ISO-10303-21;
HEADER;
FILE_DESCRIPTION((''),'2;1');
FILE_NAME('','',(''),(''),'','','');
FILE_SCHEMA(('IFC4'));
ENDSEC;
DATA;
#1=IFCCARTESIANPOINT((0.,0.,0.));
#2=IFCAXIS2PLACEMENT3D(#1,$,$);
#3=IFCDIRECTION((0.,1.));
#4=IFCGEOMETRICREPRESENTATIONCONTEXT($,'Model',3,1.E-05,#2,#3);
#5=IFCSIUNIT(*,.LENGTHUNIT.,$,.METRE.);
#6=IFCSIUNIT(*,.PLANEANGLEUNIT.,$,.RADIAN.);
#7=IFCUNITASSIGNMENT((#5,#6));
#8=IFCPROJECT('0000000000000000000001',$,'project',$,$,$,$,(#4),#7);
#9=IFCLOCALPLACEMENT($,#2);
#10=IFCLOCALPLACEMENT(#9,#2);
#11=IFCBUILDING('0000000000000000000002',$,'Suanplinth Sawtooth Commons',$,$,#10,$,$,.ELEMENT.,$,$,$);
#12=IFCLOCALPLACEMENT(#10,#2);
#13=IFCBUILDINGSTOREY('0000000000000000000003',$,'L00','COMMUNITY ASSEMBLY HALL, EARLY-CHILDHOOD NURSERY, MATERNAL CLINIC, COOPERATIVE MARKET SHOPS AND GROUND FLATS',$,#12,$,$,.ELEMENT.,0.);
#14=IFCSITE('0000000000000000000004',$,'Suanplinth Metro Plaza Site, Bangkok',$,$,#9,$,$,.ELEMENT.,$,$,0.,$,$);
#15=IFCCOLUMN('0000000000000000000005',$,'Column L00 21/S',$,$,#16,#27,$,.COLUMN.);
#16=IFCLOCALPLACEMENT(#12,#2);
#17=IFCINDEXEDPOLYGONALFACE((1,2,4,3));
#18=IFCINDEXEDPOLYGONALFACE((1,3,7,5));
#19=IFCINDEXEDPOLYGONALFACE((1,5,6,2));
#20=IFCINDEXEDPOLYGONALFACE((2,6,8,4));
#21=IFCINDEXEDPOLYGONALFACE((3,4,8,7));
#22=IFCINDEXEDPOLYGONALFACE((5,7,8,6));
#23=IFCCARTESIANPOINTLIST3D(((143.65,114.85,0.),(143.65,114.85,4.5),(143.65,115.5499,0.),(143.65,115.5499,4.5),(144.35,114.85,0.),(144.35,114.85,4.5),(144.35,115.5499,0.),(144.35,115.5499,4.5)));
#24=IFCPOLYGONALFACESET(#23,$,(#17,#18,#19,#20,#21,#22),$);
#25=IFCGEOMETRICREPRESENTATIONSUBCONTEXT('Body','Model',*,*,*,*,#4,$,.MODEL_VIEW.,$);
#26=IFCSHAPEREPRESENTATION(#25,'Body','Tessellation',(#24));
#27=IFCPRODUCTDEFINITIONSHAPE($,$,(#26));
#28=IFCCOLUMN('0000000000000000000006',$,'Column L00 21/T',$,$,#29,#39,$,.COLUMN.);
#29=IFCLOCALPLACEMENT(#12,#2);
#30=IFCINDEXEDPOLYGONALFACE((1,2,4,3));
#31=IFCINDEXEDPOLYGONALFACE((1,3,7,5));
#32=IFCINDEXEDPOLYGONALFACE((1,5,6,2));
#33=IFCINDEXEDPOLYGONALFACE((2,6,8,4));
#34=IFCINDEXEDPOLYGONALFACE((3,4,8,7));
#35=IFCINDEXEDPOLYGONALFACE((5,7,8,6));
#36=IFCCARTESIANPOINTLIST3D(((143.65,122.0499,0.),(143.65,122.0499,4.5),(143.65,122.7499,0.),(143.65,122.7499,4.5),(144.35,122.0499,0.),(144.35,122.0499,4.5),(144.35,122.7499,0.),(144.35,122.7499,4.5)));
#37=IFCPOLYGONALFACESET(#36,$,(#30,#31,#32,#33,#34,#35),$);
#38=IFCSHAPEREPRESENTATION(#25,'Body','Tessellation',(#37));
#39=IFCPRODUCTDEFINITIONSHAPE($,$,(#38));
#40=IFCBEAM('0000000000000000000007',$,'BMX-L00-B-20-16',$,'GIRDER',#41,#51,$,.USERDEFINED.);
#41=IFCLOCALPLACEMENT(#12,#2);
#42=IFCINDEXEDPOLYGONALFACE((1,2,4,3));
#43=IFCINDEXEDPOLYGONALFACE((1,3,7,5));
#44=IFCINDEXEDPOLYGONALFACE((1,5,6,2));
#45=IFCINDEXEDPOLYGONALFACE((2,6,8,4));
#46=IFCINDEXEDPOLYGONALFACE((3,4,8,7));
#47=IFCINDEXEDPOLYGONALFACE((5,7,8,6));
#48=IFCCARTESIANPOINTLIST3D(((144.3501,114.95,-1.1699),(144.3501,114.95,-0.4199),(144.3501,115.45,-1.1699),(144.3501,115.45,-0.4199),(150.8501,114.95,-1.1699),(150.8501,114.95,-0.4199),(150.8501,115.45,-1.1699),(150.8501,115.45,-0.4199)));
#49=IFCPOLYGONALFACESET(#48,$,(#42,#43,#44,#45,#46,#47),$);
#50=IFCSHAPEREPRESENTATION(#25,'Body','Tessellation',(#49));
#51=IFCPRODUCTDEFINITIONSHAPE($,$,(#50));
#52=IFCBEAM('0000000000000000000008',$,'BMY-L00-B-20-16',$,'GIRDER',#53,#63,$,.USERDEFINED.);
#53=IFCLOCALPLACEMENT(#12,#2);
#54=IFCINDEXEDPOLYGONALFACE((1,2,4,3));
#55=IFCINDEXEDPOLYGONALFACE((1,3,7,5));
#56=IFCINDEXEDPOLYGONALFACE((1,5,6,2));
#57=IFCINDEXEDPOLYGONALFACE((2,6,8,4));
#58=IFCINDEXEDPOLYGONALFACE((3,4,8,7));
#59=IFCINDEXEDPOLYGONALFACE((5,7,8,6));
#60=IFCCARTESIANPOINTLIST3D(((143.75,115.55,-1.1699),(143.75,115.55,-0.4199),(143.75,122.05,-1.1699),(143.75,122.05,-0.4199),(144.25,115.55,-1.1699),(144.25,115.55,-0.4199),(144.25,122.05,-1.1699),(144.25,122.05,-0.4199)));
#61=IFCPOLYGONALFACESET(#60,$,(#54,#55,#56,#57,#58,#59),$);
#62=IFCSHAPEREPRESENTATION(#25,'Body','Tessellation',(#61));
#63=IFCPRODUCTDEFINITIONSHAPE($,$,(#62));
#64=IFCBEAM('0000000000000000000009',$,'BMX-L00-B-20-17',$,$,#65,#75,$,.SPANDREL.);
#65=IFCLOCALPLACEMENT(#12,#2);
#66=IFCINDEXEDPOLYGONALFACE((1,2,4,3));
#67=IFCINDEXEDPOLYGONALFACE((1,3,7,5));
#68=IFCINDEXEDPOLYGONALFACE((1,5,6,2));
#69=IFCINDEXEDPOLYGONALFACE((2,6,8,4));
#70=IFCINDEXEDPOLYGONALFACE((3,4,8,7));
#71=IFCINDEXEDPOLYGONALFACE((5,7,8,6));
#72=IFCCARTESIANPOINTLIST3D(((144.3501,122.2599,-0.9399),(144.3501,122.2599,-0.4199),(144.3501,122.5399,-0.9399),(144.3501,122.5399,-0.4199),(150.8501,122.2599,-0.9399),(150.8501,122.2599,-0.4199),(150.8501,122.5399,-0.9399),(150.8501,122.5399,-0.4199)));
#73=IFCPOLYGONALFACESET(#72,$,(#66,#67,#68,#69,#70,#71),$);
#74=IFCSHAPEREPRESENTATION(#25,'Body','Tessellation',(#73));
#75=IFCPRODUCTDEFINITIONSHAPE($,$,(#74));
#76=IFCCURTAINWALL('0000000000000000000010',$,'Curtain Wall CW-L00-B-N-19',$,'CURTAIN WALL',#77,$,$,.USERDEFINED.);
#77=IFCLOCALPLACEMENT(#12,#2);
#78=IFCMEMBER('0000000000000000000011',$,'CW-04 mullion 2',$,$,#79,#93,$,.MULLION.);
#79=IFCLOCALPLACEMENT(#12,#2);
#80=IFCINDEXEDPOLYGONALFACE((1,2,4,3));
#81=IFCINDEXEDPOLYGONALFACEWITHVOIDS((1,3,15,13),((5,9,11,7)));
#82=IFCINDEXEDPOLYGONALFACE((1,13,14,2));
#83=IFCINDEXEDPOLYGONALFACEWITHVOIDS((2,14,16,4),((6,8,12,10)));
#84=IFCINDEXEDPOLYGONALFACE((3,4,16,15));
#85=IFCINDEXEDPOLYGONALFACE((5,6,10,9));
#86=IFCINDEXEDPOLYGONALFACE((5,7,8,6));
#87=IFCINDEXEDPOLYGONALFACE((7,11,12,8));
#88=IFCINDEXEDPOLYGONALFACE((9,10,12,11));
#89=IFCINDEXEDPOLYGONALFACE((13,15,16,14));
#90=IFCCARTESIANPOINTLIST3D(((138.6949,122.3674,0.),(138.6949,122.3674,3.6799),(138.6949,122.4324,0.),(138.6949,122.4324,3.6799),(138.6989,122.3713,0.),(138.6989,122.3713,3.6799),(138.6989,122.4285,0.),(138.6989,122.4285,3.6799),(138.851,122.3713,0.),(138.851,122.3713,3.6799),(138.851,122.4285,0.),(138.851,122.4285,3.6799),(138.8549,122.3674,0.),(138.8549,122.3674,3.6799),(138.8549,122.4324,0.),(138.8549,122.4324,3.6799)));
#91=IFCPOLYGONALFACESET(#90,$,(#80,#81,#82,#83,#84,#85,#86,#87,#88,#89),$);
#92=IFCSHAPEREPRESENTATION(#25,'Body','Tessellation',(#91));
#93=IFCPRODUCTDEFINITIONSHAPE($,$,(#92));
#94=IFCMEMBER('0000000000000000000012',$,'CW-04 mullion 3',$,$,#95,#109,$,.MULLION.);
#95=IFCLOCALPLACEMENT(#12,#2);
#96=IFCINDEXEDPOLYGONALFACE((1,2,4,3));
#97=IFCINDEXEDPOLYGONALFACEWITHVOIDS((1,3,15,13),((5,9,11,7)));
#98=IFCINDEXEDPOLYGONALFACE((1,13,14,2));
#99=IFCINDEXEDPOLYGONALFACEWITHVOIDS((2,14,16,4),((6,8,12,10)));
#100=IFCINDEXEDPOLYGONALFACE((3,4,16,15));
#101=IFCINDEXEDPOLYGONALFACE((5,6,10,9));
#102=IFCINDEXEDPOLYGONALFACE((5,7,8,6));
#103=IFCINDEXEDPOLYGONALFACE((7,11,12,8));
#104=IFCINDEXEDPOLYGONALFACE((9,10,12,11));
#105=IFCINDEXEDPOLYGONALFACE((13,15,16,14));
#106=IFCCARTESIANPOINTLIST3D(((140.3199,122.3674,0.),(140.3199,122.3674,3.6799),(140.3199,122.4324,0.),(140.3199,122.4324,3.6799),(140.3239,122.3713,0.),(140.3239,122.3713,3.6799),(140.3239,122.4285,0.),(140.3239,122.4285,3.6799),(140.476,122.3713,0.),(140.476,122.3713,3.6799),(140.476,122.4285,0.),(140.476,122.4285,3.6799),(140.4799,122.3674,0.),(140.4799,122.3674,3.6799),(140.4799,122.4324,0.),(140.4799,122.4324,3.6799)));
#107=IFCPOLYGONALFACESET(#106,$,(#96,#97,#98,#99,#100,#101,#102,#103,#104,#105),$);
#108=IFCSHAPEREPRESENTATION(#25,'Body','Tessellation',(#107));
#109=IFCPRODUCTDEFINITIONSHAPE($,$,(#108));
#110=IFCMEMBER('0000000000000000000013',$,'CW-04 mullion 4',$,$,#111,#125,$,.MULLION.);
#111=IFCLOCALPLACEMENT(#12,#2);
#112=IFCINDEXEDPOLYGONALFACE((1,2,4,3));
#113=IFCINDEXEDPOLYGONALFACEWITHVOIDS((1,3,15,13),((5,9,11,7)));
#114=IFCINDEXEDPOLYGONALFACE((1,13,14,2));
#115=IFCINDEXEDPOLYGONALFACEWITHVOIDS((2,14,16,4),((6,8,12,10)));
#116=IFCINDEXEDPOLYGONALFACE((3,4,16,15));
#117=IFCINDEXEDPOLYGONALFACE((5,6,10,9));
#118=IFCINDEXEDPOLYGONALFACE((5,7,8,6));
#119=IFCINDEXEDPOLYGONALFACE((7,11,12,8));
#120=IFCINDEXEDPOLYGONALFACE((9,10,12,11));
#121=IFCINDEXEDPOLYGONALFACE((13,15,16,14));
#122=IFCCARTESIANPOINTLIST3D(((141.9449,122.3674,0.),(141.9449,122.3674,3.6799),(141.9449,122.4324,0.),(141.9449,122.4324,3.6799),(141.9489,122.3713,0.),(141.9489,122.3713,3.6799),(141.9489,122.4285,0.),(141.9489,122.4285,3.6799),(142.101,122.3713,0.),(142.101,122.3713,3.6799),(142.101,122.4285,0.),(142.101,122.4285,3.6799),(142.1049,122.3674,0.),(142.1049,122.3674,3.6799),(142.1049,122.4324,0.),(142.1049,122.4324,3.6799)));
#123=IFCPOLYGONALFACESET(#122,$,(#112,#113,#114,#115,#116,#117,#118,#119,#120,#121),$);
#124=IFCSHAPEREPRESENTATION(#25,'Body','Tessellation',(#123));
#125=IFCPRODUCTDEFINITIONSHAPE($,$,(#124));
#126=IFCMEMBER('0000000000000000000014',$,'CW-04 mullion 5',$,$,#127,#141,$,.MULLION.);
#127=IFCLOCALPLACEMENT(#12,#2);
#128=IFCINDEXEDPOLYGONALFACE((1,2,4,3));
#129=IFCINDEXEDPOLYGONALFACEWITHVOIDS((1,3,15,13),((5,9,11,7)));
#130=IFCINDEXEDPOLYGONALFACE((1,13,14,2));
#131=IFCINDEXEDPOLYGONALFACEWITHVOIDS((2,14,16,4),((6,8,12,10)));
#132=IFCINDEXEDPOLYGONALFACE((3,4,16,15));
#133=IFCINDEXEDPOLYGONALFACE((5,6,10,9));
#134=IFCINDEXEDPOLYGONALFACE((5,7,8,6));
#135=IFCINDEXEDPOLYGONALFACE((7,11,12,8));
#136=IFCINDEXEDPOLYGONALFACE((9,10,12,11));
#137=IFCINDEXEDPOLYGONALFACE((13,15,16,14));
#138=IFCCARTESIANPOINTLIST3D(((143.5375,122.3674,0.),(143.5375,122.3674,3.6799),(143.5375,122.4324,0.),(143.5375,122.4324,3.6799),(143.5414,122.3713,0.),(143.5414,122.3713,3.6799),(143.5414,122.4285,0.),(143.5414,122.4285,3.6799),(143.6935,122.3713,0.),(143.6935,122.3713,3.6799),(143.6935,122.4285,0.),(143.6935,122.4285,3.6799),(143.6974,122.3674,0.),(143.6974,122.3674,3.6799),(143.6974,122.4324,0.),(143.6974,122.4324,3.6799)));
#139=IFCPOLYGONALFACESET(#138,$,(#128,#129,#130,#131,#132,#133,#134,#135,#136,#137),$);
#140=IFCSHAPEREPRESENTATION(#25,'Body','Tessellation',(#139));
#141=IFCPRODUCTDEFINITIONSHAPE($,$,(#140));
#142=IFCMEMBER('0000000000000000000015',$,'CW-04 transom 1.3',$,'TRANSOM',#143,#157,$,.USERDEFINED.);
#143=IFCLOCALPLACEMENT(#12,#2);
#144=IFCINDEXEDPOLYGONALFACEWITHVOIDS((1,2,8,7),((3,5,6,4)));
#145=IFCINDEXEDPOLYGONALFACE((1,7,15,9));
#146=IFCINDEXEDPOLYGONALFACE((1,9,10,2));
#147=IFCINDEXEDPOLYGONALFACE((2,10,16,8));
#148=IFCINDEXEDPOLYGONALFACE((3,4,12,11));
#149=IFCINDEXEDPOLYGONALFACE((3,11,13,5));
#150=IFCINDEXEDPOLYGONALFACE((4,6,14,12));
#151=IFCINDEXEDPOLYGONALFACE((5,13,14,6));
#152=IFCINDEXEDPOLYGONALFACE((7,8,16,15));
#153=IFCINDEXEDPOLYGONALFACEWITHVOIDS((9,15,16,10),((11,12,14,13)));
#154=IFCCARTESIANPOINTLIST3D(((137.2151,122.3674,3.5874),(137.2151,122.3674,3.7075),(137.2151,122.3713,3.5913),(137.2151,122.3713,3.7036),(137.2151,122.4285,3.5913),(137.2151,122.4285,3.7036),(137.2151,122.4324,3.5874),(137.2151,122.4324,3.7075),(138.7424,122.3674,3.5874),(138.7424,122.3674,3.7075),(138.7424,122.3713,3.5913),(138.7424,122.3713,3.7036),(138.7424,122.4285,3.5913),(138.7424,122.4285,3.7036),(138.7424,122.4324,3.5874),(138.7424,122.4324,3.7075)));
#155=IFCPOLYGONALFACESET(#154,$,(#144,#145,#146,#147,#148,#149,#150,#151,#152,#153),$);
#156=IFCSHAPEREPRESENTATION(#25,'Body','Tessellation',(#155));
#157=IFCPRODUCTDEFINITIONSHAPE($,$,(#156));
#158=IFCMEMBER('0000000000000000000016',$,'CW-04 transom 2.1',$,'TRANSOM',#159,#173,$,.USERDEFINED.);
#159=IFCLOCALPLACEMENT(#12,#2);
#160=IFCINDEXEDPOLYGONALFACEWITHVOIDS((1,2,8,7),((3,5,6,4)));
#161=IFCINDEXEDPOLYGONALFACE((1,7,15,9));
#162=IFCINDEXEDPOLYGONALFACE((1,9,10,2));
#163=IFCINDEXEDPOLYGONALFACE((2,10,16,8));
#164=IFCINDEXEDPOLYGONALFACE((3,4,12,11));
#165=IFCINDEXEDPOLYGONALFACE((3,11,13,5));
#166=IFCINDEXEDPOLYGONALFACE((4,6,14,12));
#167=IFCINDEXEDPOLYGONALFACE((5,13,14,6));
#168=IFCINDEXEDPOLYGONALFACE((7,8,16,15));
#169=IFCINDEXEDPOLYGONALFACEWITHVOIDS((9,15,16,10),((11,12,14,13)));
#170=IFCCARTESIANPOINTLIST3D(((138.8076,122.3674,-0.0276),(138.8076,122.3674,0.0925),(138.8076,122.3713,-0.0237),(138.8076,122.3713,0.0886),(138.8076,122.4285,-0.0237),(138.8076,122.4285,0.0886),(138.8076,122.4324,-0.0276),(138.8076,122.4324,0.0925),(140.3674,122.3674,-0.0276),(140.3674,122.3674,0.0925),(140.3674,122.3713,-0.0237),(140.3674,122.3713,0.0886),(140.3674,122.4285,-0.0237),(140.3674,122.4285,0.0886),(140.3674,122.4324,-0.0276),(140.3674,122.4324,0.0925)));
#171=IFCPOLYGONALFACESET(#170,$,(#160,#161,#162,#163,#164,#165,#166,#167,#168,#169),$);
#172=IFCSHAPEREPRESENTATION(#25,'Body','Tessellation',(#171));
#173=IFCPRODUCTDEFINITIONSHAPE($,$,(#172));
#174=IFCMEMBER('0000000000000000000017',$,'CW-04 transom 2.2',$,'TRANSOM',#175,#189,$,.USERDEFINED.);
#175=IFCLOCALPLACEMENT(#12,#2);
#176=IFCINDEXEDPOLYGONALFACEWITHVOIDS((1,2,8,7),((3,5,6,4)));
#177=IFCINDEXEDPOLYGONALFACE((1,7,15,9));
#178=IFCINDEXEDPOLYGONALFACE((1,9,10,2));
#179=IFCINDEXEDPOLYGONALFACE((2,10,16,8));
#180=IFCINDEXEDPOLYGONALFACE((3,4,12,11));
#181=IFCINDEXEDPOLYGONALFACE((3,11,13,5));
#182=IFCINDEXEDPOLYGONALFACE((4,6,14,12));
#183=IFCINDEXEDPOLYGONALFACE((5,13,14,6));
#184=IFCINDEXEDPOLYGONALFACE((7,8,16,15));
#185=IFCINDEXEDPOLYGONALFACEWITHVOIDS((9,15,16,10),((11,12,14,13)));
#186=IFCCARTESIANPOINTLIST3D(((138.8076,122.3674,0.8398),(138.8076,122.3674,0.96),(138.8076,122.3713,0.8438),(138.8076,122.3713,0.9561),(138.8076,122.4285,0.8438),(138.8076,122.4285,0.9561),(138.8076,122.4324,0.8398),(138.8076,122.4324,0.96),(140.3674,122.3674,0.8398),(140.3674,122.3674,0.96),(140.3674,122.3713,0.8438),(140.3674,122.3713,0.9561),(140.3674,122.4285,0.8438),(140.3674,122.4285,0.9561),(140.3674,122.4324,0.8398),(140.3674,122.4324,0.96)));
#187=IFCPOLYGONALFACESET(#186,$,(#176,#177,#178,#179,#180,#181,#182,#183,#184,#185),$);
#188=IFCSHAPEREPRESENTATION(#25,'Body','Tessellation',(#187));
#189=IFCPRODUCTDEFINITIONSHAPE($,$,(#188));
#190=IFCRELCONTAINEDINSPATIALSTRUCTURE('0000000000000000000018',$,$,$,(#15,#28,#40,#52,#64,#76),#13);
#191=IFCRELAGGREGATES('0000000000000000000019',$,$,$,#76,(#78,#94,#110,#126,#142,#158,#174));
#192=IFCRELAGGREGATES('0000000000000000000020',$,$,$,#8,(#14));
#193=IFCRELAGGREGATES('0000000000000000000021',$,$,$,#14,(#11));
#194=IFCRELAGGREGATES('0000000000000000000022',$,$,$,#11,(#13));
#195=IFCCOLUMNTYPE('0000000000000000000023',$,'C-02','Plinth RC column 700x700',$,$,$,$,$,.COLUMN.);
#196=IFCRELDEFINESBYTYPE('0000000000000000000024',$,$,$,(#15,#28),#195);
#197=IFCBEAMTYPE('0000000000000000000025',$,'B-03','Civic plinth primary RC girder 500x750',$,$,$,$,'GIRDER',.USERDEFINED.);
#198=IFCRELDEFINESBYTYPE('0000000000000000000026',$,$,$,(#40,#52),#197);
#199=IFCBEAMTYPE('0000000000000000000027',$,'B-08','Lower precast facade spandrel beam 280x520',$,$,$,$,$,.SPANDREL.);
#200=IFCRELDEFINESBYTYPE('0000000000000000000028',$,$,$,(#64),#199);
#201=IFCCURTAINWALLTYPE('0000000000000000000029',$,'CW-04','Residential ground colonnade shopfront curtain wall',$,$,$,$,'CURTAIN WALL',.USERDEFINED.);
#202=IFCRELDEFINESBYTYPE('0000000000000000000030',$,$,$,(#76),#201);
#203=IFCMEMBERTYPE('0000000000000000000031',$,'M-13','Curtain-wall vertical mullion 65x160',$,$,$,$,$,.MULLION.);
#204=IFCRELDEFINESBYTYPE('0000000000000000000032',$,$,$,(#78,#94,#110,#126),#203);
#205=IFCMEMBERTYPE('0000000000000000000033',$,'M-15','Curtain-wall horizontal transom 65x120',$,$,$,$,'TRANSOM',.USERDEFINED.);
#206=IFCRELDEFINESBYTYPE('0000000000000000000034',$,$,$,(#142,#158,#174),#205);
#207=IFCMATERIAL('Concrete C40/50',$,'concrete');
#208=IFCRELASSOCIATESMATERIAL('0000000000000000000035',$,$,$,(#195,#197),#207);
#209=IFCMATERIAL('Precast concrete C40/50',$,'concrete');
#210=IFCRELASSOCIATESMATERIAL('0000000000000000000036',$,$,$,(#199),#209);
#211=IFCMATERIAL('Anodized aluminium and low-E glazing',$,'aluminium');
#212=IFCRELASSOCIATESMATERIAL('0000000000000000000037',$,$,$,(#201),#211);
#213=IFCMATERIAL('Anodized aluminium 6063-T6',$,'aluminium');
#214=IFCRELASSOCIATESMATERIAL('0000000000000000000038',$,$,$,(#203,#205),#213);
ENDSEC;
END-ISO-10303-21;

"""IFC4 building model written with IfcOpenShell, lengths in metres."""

from ifc_helpers import new_model, si_unit, direction, frame, origin, origin_2d, place, context, subcontext, project, spatial, rectangle, hollow_rectangle, extrude, material, material_profile, profile_set, type_object, element, aggregate, save


model = new_model("IFC4")

# Units and contexts
model_context = context("Model", 3, precision=1e-05, world=origin(), true_north=direction((0.0, 1.0)))
body_context = subcontext(model_context, "Body", "Model", "MODEL_VIEW")
ifc_project = project(units=[si_unit("LENGTHUNIT", "METRE"), si_unit("PLANEANGLEUNIT", "RADIAN")], contexts=[model_context])

# Site, building, storey
site_placement = place(None, origin())
site = spatial("IfcSite", under=ifc_project, at=site_placement, Name="Suanplinth Metro Plaza Site, Bangkok", CompositionType="ELEMENT", RefElevation=0.0)
building_placement = place(site_placement, origin())
building = spatial("IfcBuilding", under=site, at=building_placement, Name="Suanplinth Sawtooth Commons", CompositionType="ELEMENT")
storey_placement = place(building_placement, origin())
storey = spatial("IfcBuildingStorey", under=building, at=storey_placement, Name="L00", Description="COMMUNITY ASSEMBLY HALL, EARLY-CHILDHOOD NURSERY, MATERNAL CLINIC, COOPERATIVE MARKET SHOPS AND GROUND FLATS", CompositionType="ELEMENT", Elevation=0.0)

# Columns
ifc_material_1 = material(Name="Concrete C40/50", Category="concrete")
ifc_material_profile_1 = material_profile(ifc_material_1, rectangle(XDim=0.7, YDim=0.7, at=origin_2d()), Name="RC-COL 700x700")
ifc_profile_set_1 = profile_set([ifc_material_profile_1], Name="Concrete C40/50")
column_type = type_object("IfcColumnType", Name="C-02", Description="Plinth RC column 700x700", PredefinedType="COLUMN", material=ifc_profile_set_1)
for number, where, z_axis, x_axis, name in (
    (1, (144.0, 115.2, 0.0), (0.0, 0.0, 1.0), (1.0, 0.0, 0.0), "Column L00 21/S"),
    (2, (144.0, 122.3999, 0.0), (0.0, 0.0, 1.0), (1.0, 0.0, 0.0), "Column L00 21/T"),
):
    element("IfcColumn", number, at=place(storey_placement, frame(where, z_axis=z_axis, x_axis=x_axis)), inside=storey, type_object=column_type, Name=name, PredefinedType="COLUMN", context=body_context, shape_type="SweptSolid", body=[
        extrude(rectangle(XDim=0.7, YDim=0.7, at=origin_2d()), origin(), (0.0, 0.0, 1.0), 4.5),
    ])

# Beams
ifc_material_profile_2 = material_profile(ifc_material_1, rectangle(XDim=0.5, YDim=0.75, at=origin_2d()), Name="RC-GDR 500x750")
ifc_profile_set_2 = profile_set([ifc_material_profile_2], Name="Concrete C40/50")
beam_type_1 = type_object("IfcBeamType", Name="B-03", Description="Civic plinth primary RC girder 500x750", ElementType="GIRDER", PredefinedType="USERDEFINED", material=ifc_profile_set_2)
for number, where, z_axis, x_axis, name in (
    (3, (144.3501, 115.2, -0.7949), (1.0, 0.0, 0.0), (0.0, 1.0, 0.0), "BMX-L00-B-20-16"),
    (4, (144.0, 115.55, -0.7949), (0.0, 1.0, 0.0), (-1.0, 0.0, 0.0), "BMY-L00-B-20-16"),
):
    element("IfcBeam", number, at=place(storey_placement, frame(where, z_axis=z_axis, x_axis=x_axis)), inside=storey, type_object=beam_type_1, Name=name, ObjectType="GIRDER", PredefinedType="USERDEFINED", context=body_context, shape_type="SweptSolid", body=[
        extrude(rectangle(XDim=0.5, YDim=0.75, at=origin_2d()), origin(), (0.0, 0.0, 1.0), 6.5),
    ])
ifc_material_2 = material(Name="Precast concrete C40/50", Category="concrete")
ifc_material_profile_3 = material_profile(ifc_material_2, rectangle(XDim=0.28, YDim=0.52, at=origin_2d()), Name="PC-SP 280x520")
ifc_profile_set_3 = profile_set([ifc_material_profile_3], Name="Precast concrete C40/50")
beam_type_2 = type_object("IfcBeamType", Name="B-08", Description="Lower precast facade spandrel beam 280x520", PredefinedType="SPANDREL", material=ifc_profile_set_3)
beam_placement = place(storey_placement, frame((144.3501, 122.3999, -0.6799), z_axis=(1.0, 0.0, 0.0), x_axis=(0.0, 1.0, 0.0)))
element("IfcBeam", 5, at=beam_placement, inside=storey, type_object=beam_type_2, Name="BMX-L00-B-20-17", PredefinedType="SPANDREL", context=body_context, shape_type="SweptSolid", body=[
    extrude(rectangle(XDim=0.28, YDim=0.52, at=origin_2d()), origin(), (0.0, 0.0, 1.0), 6.5),
])

# Curtain wall, members
ifc_material_3 = material(Name="Anodized aluminium and low-E glazing", Category="aluminium")
curtain_wall_type = type_object("IfcCurtainWallType", Name="CW-04", Description="Residential ground colonnade shopfront curtain wall", ElementType="CURTAIN WALL", PredefinedType="USERDEFINED", material=ifc_material_3)
curtain_wall_placement = place(storey_placement, origin())
curtain_wall = element("IfcCurtainWall", 6, at=curtain_wall_placement, inside=storey, type_object=curtain_wall_type, Name="Curtain Wall CW-L00-B-N-19", ObjectType="CURTAIN WALL", PredefinedType="USERDEFINED")
ifc_material_4 = material(Name="Anodized aluminium 6063-T6", Category="aluminium")
ifc_material_profile_4 = material_profile(ifc_material_4, hollow_rectangle(XDim=0.0649, YDim=0.1599, WallThickness=0.0039, at=origin_2d()), Name="ALU-MUL 65x160")
ifc_profile_set_4 = profile_set([ifc_material_profile_4], Name="Anodized aluminium 6063-T6")
member_type_1 = type_object("IfcMemberType", Name="M-13", Description="Curtain-wall vertical mullion 65x160", PredefinedType="MULLION", material=ifc_profile_set_4)
member_1_placement = place(storey_placement, frame((138.7749, 122.3999, 0.0), z_axis=(0.0, 0.0, 1.0), x_axis=(0.0, 1.0, 0.0)))
member_1 = element("IfcMember", 7, at=member_1_placement, type_object=member_type_1, Name="CW-04 mullion 2", PredefinedType="MULLION", context=body_context, shape_type="SweptSolid", body=[
    extrude(hollow_rectangle(XDim=0.0649, YDim=0.1599, WallThickness=0.0039, at=origin_2d()), origin(), (0.0, 0.0, 1.0), 3.6799),
])
member_2_placement = place(storey_placement, frame((140.3999, 122.3999, 0.0), z_axis=(0.0, 0.0, 1.0), x_axis=(0.0, 1.0, 0.0)))
member_2 = element("IfcMember", 8, at=member_2_placement, type_object=member_type_1, Name="CW-04 mullion 3", PredefinedType="MULLION", context=body_context, shape_type="SweptSolid", body=[
    extrude(hollow_rectangle(XDim=0.0649, YDim=0.1599, WallThickness=0.0039, at=origin_2d()), origin(), (0.0, 0.0, 1.0), 3.6799),
])
member_3_placement = place(storey_placement, frame((142.0249, 122.3999, 0.0), z_axis=(0.0, 0.0, 1.0), x_axis=(0.0, 1.0, 0.0)))
member_3 = element("IfcMember", 9, at=member_3_placement, type_object=member_type_1, Name="CW-04 mullion 4", PredefinedType="MULLION", context=body_context, shape_type="SweptSolid", body=[
    extrude(hollow_rectangle(XDim=0.0649, YDim=0.1599, WallThickness=0.0039, at=origin_2d()), origin(), (0.0, 0.0, 1.0), 3.6799),
])
member_4_placement = place(storey_placement, frame((143.6174, 122.3999, 0.0), z_axis=(0.0, 0.0, 1.0), x_axis=(0.0, 1.0, 0.0)))
member_4 = element("IfcMember", 10, at=member_4_placement, type_object=member_type_1, Name="CW-04 mullion 5", PredefinedType="MULLION", context=body_context, shape_type="SweptSolid", body=[
    extrude(hollow_rectangle(XDim=0.0649, YDim=0.1599, WallThickness=0.0039, at=origin_2d()), origin(), (0.0, 0.0, 1.0), 3.6799),
])
ifc_material_profile_5 = material_profile(ifc_material_4, hollow_rectangle(XDim=0.0649, YDim=0.1201, WallThickness=0.0039, at=origin_2d()), Name="ALU-TRN 65x120")
ifc_profile_set_5 = profile_set([ifc_material_profile_5], Name="Anodized aluminium 6063-T6")
member_type_2 = type_object("IfcMemberType", Name="M-15", Description="Curtain-wall horizontal transom 65x120", ElementType="TRANSOM", PredefinedType="USERDEFINED", material=ifc_profile_set_5)
member_5_placement = place(storey_placement, frame((137.2151, 122.3999, 3.6475), z_axis=(1.0, 0.0, 0.0), x_axis=(0.0, 1.0, 0.0)))
member_5 = element("IfcMember", 11, at=member_5_placement, type_object=member_type_2, Name="CW-04 transom 1.3", ObjectType="TRANSOM", PredefinedType="USERDEFINED", context=body_context, shape_type="SweptSolid", body=[
    extrude(hollow_rectangle(XDim=0.0649, YDim=0.1201, WallThickness=0.0039, at=origin_2d()), origin(), (0.0, 0.0, 1.0), 1.5273),
])
member_6_placement = place(storey_placement, frame((138.8076, 122.3999, 0.0325), z_axis=(1.0, 0.0, 0.0), x_axis=(0.0, 1.0, 0.0)))
member_6 = element("IfcMember", 12, at=member_6_placement, type_object=member_type_2, Name="CW-04 transom 2.1", ObjectType="TRANSOM", PredefinedType="USERDEFINED", context=body_context, shape_type="SweptSolid", body=[
    extrude(hollow_rectangle(XDim=0.0649, YDim=0.1201, WallThickness=0.0039, at=origin_2d()), origin(), (0.0, 0.0, 1.0), 1.5598),
])
member_7_placement = place(storey_placement, frame((138.8076, 122.3999, 0.8999), z_axis=(1.0, 0.0, 0.0), x_axis=(0.0, 1.0, 0.0)))
member_7 = element("IfcMember", 13, at=member_7_placement, type_object=member_type_2, Name="CW-04 transom 2.2", ObjectType="TRANSOM", PredefinedType="USERDEFINED", context=body_context, shape_type="SweptSolid", body=[
    extrude(hollow_rectangle(XDim=0.0649, YDim=0.1201, WallThickness=0.0039, at=origin_2d()), origin(), (0.0, 0.0, 1.0), 1.5598),
])
aggregate(curtain_wall, [member_1, member_2, member_3, member_4, member_5, member_6, member_7])

save(model, "model.ifc")
